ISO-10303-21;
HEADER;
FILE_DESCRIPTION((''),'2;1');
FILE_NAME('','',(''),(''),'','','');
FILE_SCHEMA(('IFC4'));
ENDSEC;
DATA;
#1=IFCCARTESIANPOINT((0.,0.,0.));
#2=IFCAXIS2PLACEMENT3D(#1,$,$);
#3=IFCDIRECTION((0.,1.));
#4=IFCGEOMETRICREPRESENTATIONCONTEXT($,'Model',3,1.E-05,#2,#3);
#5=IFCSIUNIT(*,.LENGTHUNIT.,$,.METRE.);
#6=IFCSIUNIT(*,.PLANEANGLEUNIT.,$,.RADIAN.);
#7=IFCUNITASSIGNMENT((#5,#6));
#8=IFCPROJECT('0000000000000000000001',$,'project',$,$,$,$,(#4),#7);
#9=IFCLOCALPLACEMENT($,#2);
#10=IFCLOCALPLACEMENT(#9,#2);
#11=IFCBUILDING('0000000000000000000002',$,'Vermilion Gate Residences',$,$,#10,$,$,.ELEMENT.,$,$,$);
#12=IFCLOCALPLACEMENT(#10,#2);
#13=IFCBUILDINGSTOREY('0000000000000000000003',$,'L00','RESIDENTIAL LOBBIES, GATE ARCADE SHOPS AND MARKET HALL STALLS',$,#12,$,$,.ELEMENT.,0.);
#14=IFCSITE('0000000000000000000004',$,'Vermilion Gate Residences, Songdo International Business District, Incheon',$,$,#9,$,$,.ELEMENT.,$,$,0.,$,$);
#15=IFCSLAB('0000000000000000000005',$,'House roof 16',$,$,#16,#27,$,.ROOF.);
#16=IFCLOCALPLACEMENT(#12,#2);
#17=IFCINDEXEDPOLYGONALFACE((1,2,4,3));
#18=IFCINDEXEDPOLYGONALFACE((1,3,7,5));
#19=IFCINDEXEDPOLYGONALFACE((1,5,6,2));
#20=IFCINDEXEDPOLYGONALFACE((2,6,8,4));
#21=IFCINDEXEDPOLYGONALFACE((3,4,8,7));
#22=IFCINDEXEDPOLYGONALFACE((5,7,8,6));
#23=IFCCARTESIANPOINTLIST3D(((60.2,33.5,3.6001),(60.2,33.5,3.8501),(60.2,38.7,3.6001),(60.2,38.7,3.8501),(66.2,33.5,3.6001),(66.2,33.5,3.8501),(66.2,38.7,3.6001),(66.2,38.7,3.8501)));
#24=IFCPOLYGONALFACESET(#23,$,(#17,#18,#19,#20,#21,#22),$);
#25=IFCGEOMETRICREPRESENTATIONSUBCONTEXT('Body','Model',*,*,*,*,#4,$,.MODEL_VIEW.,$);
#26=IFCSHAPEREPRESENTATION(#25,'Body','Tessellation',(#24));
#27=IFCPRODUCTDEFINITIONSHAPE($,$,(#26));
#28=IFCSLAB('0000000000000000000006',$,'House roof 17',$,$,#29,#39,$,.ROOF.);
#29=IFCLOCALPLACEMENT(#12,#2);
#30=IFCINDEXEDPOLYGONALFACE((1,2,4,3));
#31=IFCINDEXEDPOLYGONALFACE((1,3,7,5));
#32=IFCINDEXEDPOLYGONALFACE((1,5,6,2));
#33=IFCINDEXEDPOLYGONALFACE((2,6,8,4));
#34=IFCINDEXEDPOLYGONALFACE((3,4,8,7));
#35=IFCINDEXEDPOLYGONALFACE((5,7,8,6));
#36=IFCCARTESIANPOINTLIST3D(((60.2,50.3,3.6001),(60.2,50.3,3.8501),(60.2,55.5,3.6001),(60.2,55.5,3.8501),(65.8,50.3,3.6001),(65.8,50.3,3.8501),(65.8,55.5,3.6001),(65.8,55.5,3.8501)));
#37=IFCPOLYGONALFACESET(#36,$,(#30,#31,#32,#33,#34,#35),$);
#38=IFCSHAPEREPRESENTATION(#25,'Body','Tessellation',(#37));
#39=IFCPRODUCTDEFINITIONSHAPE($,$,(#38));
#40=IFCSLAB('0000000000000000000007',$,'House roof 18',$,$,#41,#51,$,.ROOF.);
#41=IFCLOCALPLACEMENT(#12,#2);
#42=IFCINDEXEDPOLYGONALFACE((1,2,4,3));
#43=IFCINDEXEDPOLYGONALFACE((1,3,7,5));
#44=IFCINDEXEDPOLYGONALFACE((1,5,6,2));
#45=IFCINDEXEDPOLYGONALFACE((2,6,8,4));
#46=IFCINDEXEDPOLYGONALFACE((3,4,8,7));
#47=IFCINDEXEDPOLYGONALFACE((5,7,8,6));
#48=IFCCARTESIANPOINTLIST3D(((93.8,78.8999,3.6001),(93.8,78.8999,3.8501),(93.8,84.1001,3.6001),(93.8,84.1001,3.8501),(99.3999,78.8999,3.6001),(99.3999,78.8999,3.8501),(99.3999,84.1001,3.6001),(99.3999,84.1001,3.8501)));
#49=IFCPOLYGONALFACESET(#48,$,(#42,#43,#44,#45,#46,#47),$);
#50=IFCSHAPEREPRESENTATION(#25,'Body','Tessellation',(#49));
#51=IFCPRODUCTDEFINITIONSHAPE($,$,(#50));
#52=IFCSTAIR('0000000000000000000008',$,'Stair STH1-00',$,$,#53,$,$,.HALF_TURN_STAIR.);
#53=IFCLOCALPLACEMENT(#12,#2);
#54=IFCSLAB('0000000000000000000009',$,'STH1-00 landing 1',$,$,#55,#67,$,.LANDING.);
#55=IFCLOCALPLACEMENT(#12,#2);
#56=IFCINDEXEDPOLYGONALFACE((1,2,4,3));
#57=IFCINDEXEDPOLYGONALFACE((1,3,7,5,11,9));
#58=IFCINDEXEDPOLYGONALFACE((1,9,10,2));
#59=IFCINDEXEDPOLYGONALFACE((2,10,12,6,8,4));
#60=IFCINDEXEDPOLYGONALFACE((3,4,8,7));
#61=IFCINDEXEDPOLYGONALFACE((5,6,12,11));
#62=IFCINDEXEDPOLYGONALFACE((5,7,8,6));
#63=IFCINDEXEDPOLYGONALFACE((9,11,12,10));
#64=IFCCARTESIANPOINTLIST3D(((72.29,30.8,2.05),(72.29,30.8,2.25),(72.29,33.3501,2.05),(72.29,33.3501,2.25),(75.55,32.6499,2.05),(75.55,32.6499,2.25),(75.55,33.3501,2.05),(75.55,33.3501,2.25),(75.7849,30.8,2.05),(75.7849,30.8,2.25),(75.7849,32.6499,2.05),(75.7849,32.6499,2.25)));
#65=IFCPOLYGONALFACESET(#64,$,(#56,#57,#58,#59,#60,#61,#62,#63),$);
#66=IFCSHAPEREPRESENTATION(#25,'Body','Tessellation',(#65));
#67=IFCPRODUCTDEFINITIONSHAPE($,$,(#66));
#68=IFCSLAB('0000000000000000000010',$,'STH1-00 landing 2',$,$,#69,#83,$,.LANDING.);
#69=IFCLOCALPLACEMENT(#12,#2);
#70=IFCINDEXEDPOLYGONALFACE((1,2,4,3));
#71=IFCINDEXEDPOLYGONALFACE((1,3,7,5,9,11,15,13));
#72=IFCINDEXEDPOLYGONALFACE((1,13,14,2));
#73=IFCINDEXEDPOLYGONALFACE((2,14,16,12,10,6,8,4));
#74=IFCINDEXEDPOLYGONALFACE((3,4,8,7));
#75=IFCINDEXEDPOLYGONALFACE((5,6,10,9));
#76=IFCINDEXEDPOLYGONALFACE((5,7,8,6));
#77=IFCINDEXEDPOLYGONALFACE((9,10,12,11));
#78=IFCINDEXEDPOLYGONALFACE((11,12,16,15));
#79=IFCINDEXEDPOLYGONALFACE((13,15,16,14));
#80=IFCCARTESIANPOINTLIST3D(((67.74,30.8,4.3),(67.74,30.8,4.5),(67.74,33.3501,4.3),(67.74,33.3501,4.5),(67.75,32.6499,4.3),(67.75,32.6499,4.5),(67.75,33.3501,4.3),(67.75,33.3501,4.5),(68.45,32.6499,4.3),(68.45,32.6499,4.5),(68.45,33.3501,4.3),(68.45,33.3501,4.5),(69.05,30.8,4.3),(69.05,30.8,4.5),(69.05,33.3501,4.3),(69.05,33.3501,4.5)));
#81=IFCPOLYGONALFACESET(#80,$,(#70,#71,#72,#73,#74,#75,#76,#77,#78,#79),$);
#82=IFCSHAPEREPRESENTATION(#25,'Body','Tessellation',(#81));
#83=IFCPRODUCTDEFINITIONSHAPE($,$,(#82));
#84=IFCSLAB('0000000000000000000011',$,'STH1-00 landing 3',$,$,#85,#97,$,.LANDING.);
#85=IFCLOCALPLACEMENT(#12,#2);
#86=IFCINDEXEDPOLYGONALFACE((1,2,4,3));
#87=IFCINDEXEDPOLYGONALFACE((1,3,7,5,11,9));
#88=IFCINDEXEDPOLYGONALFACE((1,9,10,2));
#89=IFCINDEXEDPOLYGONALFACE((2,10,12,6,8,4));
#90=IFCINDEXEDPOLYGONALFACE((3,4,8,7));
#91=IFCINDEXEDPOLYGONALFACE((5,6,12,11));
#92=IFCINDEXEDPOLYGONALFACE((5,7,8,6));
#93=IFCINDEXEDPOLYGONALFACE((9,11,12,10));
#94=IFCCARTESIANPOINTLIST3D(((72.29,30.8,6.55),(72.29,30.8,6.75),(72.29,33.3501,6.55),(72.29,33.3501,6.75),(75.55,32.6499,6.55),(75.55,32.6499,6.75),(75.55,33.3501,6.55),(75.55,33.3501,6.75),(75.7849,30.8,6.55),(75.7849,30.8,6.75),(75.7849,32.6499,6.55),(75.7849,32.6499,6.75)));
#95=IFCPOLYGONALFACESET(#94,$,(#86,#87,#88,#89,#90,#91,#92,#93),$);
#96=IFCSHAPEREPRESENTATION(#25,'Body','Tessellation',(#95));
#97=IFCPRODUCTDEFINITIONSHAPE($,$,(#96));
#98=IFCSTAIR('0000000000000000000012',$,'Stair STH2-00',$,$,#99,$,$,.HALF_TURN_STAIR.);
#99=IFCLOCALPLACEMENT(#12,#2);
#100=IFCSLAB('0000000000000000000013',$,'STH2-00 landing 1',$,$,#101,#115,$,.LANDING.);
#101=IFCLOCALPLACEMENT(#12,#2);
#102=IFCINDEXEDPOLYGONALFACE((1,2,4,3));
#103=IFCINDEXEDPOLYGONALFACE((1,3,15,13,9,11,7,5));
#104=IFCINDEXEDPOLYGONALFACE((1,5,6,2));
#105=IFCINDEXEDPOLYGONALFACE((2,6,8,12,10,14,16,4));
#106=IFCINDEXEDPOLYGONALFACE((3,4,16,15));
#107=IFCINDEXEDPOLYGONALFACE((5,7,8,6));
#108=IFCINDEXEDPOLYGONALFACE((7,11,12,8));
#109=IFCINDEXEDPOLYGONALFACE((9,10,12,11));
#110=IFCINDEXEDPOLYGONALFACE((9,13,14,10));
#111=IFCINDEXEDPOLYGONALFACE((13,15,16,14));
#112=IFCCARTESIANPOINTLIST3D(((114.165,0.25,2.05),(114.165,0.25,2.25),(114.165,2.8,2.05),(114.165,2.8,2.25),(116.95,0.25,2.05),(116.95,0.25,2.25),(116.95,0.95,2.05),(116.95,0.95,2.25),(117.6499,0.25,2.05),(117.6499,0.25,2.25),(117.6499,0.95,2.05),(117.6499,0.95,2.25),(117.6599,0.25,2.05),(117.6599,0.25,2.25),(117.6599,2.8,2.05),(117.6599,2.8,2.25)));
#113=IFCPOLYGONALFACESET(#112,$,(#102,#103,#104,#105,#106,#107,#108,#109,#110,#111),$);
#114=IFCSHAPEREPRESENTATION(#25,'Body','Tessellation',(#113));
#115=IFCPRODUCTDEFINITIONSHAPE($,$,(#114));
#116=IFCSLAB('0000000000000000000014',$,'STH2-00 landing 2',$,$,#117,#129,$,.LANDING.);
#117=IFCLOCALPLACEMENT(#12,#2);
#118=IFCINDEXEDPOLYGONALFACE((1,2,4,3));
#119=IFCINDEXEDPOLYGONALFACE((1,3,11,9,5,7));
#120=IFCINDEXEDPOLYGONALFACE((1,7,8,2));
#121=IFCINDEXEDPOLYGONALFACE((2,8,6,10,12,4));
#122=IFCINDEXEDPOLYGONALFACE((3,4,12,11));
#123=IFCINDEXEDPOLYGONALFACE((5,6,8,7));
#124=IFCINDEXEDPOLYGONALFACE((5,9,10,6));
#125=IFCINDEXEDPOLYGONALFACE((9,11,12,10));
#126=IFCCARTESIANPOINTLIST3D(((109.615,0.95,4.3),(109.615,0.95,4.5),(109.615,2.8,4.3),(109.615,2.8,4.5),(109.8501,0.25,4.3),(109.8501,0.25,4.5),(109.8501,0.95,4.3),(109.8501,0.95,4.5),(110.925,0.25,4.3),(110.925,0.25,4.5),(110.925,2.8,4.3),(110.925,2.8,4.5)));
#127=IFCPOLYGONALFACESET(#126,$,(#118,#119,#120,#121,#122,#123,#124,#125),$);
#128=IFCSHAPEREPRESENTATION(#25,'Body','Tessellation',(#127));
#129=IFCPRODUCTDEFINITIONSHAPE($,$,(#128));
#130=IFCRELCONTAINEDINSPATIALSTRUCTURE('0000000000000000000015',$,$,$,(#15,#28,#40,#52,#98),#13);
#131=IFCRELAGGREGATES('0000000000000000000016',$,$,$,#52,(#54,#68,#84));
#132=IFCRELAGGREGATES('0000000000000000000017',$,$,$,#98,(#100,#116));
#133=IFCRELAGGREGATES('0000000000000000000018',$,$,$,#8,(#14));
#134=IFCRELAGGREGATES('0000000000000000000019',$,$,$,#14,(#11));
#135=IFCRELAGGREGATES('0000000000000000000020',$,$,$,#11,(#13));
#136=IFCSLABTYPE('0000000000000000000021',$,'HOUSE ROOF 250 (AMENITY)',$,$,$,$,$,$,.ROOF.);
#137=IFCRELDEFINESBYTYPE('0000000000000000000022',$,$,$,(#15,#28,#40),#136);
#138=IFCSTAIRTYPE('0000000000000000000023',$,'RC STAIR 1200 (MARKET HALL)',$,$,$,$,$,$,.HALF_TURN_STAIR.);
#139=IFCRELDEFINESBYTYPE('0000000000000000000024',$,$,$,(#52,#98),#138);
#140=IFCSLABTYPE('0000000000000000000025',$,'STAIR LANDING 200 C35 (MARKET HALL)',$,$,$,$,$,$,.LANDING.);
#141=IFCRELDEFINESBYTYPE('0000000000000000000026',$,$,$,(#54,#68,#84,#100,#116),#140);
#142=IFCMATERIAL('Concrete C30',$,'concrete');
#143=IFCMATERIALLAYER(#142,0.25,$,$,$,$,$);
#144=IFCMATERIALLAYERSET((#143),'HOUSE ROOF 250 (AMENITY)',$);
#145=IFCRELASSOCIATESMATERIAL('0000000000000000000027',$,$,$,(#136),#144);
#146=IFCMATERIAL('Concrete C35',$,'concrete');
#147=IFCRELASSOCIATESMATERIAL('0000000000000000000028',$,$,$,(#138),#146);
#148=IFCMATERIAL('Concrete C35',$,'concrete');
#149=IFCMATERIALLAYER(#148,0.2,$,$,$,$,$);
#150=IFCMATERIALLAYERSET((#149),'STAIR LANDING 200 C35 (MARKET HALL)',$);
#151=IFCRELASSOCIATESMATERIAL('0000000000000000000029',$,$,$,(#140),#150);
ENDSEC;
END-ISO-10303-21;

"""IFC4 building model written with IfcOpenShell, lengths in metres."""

from ifc_helpers import new_model, si_unit, direction, frame, origin, place, context, subcontext, project, spatial, polyline, outline, extrude, material, layer, layer_set, type_object, element, aggregate, save


model = new_model("IFC4")

# Units and contexts
model_context = context("Model", 3, precision=1e-05, world=origin(), true_north=direction((0.0, 1.0)))
body_context = subcontext(model_context, "Body", "Model", "MODEL_VIEW")
ifc_project = project(units=[si_unit("LENGTHUNIT", "METRE"), si_unit("PLANEANGLEUNIT", "RADIAN")], contexts=[model_context])

# Site, building, storey
site_placement = place(None, origin())
site = spatial("IfcSite", under=ifc_project, at=site_placement, Name="Vermilion Gate Residences, Songdo International Business District, Incheon", CompositionType="ELEMENT", RefElevation=0.0)
building_placement = place(site_placement, origin())
building = spatial("IfcBuilding", under=site, at=building_placement, Name="Vermilion Gate Residences", CompositionType="ELEMENT")
storey_placement = place(building_placement, origin())
storey = spatial("IfcBuildingStorey", under=building, at=storey_placement, Name="L00", Description="RESIDENTIAL LOBBIES, GATE ARCADE SHOPS AND MARKET HALL STALLS", CompositionType="ELEMENT", Elevation=0.0)

# Slabs
ifc_material_1 = material(Name="Concrete C30", Category="concrete")
ifc_layer_1 = layer(ifc_material_1, 0.25)
ifc_layer_set_1 = layer_set([ifc_layer_1], Name="HOUSE ROOF 250 (AMENITY)")
slab_type_1 = type_object("IfcSlabType", Name="HOUSE ROOF 250 (AMENITY)", PredefinedType="ROOF", material=ifc_layer_set_1)
slab_1_placement = place(storey_placement, frame((0.0, 0.0, 3.6001)))
element("IfcSlab", 1, at=slab_1_placement, inside=storey, type_object=slab_type_1, Name="House roof 16", PredefinedType="ROOF", context=body_context, shape_type="SweptSolid", body=[
    extrude(outline(polyline([(60.2, 33.5), (60.2, 38.7), (66.2, 38.7), (66.2, 33.5), (60.2, 33.5)])), origin(), (0.0, 0.0, 1.0), 0.25),
])
slab_2_placement = place(storey_placement, frame((0.0, 0.0, 3.6001)))
element("IfcSlab", 2, at=slab_2_placement, inside=storey, type_object=slab_type_1, Name="House roof 17", PredefinedType="ROOF", context=body_context, shape_type="SweptSolid", body=[
    extrude(outline(polyline([(60.2, 50.3), (60.2, 55.5), (65.8, 55.5), (65.8, 50.3), (60.2, 50.3)])), origin(), (0.0, 0.0, 1.0), 0.25),
])
slab_3_placement = place(storey_placement, frame((0.0, 0.0, 3.6001)))
element("IfcSlab", 3, at=slab_3_placement, inside=storey, type_object=slab_type_1, Name="House roof 18", PredefinedType="ROOF", context=body_context, shape_type="SweptSolid", body=[
    extrude(outline(polyline([(93.8, 78.8999), (93.8, 84.1001), (99.3999, 84.1001), (99.3999, 78.8999), (93.8, 78.8999)])), origin(), (0.0, 0.0, 1.0), 0.25),
])

# Stairs, slabs
ifc_material_2 = material(Name="Concrete C35", Category="concrete")
stair_type = type_object("IfcStairType", Name="RC STAIR 1200 (MARKET HALL)", PredefinedType="HALF_TURN_STAIR", material=ifc_material_2)
stair_1_placement = place(storey_placement, origin())
stair_1 = element("IfcStair", 4, at=stair_1_placement, inside=storey, type_object=stair_type, Name="Stair STH1-00", PredefinedType="HALF_TURN_STAIR")
ifc_material_3 = material(Name="Concrete C35", Category="concrete")
ifc_layer_2 = layer(ifc_material_3, 0.2)
ifc_layer_set_2 = layer_set([ifc_layer_2], Name="STAIR LANDING 200 C35 (MARKET HALL)")
slab_type_2 = type_object("IfcSlabType", Name="STAIR LANDING 200 C35 (MARKET HALL)", PredefinedType="LANDING", material=ifc_layer_set_2)
slab_4_placement = place(storey_placement, frame((0.0, 0.0, 2.05)))
slab_4 = element("IfcSlab", 5, at=slab_4_placement, type_object=slab_type_2, Name="STH1-00 landing 1", PredefinedType="LANDING", context=body_context, shape_type="SweptSolid", body=[
    extrude(outline(polyline([(75.55, 33.3501), (72.29, 33.3501), (72.29, 30.8), (75.7849, 30.8), (75.7849, 32.6499), (75.55, 32.6499), (75.55, 33.3501)])), origin(), (0.0, 0.0, 1.0), 0.2),
])
slab_5_placement = place(storey_placement, frame((0.0, 0.0, 4.3)))
slab_5 = element("IfcSlab", 6, at=slab_5_placement, type_object=slab_type_2, Name="STH1-00 landing 2", PredefinedType="LANDING", context=body_context, shape_type="SweptSolid", body=[
    extrude(outline(polyline([(69.05, 33.3501), (68.45, 33.3501), (68.45, 32.6499), (67.75, 32.6499), (67.75, 33.3501), (67.74, 33.3501), (67.74, 30.8), (69.05, 30.8), (69.05, 33.3501)])), origin(), (0.0, 0.0, 1.0), 0.2),
])
slab_6_placement = place(storey_placement, frame((0.0, 0.0, 6.55)))
slab_6 = element("IfcSlab", 7, at=slab_6_placement, type_object=slab_type_2, Name="STH1-00 landing 3", PredefinedType="LANDING", context=body_context, shape_type="SweptSolid", body=[
    extrude(outline(polyline([(75.55, 33.3501), (72.29, 33.3501), (72.29, 30.8), (75.7849, 30.8), (75.7849, 32.6499), (75.55, 32.6499), (75.55, 33.3501)])), origin(), (0.0, 0.0, 1.0), 0.2),
])
aggregate(stair_1, [slab_4, slab_5, slab_6])
stair_2_placement = place(storey_placement, origin())
stair_2 = element("IfcStair", 8, at=stair_2_placement, inside=storey, type_object=stair_type, Name="Stair STH2-00", PredefinedType="HALF_TURN_STAIR")
slab_7_placement = place(storey_placement, frame((0.0, 0.0, 2.05)))
slab_7 = element("IfcSlab", 9, at=slab_7_placement, type_object=slab_type_2, Name="STH2-00 landing 1", PredefinedType="LANDING", context=body_context, shape_type="SweptSolid", body=[
    extrude(outline(polyline([(116.95, 0.95), (117.6499, 0.95), (117.6499, 0.25), (117.6599, 0.25), (117.6599, 2.8), (114.165, 2.8), (114.165, 0.25), (116.95, 0.25), (116.95, 0.95)])), origin(), (0.0, 0.0, 1.0), 0.2),
])
slab_8_placement = place(storey_placement, frame((0.0, 0.0, 4.3)))
slab_8 = element("IfcSlab", 10, at=slab_8_placement, type_object=slab_type_2, Name="STH2-00 landing 2", PredefinedType="LANDING", context=body_context, shape_type="SweptSolid", body=[
    extrude(outline(polyline([(109.8501, 0.25), (110.925, 0.25), (110.925, 2.8), (109.615, 2.8), (109.615, 0.95), (109.8501, 0.95), (109.8501, 0.25)])), origin(), (0.0, 0.0, 1.0), 0.2),
])
aggregate(stair_2, [slab_7, slab_8])

save(model, "model.ifc")
